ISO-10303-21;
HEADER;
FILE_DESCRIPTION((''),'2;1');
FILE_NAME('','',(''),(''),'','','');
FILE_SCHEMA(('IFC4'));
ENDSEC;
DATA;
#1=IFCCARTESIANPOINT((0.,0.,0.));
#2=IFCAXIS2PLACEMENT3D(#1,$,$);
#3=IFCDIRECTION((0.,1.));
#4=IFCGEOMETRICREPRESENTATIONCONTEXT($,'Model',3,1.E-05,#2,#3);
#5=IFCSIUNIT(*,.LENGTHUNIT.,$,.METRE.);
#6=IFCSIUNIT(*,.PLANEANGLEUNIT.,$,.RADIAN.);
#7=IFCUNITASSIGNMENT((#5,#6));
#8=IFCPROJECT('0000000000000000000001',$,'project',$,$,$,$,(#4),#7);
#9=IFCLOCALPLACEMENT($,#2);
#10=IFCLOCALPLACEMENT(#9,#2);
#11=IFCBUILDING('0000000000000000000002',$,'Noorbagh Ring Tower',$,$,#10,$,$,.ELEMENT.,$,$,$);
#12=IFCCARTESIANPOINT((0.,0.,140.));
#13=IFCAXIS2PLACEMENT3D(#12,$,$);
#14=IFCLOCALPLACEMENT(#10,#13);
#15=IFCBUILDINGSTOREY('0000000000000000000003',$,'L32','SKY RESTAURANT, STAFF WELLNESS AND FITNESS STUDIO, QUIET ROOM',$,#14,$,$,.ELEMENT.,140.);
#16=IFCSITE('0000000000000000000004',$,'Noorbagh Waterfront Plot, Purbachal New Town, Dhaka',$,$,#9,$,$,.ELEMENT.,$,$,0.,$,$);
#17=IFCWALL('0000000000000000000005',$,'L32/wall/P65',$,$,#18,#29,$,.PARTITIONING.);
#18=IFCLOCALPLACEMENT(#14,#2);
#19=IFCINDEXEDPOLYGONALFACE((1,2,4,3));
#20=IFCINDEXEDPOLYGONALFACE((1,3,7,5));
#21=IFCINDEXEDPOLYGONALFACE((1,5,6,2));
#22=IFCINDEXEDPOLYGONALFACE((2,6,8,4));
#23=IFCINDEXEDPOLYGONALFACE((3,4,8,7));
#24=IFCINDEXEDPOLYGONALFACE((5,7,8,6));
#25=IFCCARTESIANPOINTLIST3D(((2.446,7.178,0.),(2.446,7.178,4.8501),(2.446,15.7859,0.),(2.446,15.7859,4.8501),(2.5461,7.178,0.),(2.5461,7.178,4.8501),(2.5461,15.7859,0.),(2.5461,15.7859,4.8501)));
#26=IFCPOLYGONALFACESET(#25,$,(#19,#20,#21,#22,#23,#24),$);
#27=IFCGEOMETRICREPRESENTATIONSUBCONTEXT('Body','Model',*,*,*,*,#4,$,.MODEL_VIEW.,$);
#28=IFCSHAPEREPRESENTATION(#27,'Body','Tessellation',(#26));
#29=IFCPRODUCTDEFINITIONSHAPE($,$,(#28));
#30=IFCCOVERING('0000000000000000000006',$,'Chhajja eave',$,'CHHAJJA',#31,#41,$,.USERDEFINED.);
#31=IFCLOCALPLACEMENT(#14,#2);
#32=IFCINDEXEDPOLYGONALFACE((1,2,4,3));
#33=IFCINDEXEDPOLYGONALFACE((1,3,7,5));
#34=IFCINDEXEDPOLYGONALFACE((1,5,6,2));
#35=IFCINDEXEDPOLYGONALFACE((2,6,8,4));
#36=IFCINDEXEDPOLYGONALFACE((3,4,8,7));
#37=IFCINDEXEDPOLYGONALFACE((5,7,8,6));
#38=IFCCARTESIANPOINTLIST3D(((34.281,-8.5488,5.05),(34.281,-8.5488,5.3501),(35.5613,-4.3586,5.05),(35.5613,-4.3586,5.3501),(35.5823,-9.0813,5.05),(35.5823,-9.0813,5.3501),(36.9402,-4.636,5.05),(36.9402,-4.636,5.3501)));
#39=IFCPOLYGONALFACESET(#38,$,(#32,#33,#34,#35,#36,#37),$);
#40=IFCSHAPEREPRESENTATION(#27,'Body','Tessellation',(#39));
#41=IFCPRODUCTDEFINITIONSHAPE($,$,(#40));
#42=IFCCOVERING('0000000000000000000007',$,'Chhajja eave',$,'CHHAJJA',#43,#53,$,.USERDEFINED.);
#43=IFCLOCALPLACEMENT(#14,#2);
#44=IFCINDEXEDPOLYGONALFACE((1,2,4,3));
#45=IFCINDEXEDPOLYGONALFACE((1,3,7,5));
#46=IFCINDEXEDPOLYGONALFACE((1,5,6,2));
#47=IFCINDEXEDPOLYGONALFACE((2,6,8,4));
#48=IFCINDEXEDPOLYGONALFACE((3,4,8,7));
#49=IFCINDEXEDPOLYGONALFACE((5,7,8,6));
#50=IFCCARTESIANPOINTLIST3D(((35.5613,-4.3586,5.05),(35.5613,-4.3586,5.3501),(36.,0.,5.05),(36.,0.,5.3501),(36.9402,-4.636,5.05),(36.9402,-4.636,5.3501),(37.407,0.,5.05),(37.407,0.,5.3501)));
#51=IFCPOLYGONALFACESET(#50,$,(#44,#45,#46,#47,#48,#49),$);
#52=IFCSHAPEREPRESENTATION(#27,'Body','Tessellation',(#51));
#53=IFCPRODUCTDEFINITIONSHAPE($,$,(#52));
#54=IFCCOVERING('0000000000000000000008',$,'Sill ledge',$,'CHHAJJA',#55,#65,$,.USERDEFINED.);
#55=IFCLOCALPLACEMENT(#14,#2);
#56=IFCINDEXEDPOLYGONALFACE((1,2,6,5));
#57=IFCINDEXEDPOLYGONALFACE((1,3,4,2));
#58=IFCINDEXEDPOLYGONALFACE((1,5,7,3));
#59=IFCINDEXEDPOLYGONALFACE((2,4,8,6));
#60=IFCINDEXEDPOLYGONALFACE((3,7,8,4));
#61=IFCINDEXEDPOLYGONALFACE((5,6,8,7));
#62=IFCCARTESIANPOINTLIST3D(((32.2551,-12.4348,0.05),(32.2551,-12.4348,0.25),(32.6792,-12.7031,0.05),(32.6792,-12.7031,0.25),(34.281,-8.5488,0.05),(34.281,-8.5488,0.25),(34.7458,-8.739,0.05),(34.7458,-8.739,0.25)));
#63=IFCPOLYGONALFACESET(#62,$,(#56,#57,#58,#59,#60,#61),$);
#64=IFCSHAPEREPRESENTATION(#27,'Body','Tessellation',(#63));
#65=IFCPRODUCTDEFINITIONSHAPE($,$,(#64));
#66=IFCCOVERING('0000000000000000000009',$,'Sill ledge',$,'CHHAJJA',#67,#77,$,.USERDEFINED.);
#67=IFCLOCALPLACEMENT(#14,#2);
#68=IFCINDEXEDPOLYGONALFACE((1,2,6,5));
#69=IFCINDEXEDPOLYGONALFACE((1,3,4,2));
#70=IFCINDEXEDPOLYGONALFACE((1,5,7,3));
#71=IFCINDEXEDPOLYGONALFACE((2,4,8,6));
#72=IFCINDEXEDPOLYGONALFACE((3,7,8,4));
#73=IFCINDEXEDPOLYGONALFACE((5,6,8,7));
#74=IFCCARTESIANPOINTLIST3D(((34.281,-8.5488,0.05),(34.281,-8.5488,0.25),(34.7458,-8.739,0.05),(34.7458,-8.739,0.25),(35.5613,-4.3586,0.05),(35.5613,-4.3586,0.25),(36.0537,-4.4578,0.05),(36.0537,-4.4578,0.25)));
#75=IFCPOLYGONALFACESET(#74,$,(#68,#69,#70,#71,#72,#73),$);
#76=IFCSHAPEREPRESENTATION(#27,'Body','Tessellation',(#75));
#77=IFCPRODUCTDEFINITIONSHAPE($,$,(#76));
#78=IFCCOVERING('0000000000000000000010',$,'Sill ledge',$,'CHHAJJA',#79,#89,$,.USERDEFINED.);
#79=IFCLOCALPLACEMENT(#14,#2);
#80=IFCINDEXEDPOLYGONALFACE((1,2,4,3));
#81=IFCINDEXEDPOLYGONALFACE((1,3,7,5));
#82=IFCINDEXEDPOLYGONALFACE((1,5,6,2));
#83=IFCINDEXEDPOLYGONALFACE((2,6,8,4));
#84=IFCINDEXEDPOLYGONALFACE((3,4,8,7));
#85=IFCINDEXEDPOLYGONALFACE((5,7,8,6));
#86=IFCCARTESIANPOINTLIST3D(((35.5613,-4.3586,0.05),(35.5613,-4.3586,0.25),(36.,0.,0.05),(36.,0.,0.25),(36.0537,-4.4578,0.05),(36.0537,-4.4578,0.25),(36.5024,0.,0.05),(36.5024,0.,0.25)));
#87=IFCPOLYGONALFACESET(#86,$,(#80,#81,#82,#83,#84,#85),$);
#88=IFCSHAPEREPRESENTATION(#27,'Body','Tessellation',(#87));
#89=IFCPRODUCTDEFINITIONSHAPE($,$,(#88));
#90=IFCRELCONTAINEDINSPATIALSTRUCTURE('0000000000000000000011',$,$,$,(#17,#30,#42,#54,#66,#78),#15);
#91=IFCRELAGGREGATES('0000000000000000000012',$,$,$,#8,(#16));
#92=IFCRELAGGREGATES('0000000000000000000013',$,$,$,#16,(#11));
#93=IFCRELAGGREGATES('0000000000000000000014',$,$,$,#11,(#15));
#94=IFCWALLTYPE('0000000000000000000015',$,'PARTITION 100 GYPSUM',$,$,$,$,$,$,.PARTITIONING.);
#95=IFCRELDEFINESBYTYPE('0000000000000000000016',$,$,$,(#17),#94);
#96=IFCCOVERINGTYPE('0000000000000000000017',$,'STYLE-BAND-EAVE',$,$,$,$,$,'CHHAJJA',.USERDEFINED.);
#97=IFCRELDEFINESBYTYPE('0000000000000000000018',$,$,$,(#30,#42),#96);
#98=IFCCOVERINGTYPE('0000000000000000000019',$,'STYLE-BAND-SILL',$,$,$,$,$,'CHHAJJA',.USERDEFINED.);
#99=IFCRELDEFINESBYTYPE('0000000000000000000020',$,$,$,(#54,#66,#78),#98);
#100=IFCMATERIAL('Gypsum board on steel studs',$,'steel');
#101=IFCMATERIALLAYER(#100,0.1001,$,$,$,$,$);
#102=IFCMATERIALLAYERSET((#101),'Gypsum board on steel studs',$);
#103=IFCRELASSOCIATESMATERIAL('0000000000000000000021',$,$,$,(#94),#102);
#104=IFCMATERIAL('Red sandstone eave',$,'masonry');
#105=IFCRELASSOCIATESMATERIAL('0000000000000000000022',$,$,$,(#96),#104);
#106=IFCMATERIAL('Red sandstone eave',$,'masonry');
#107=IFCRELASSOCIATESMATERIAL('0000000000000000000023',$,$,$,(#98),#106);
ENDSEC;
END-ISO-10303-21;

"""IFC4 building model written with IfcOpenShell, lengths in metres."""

from ifc_helpers import new_model, si_unit, direction, frame, frame_2d, origin, place, context, subcontext, project, spatial, polyline, rectangle, outline, extrude, material, layer, layer_set, type_object, element, save


model = new_model("IFC4")

# Units and contexts
model_context = context("Model", 3, precision=1e-05, world=origin(), true_north=direction((0.0, 1.0)))
body_context = subcontext(model_context, "Body", "Model", "MODEL_VIEW")
ifc_project = project(units=[si_unit("LENGTHUNIT", "METRE"), si_unit("PLANEANGLEUNIT", "RADIAN")], contexts=[model_context])

# Site, building, storey
site_placement = place(None, origin())
site = spatial("IfcSite", under=ifc_project, at=site_placement, Name="Noorbagh Waterfront Plot, Purbachal New Town, Dhaka", CompositionType="ELEMENT", RefElevation=0.0)
building_placement = place(site_placement, origin())
building = spatial("IfcBuilding", under=site, at=building_placement, Name="Noorbagh Ring Tower", CompositionType="ELEMENT")
storey_placement = place(building_placement, frame((0.0, 0.0, 140.0)))
storey = spatial("IfcBuildingStorey", under=building, at=storey_placement, Name="L32", Description="SKY RESTAURANT, STAFF WELLNESS AND FITNESS STUDIO, QUIET ROOM", CompositionType="ELEMENT", Elevation=140.0)

# Wall
ifc_material_1 = material(Name="Gypsum board on steel studs", Category="steel")
ifc_layer_1 = layer(ifc_material_1, 0.1001)
ifc_layer_set_1 = layer_set([ifc_layer_1], Name="Gypsum board on steel studs")
wall_type_1 = type_object("IfcWallType", Name="PARTITION 100 GYPSUM", PredefinedType="PARTITIONING", material=ifc_layer_set_1)
wall_1_placement = place(storey_placement, frame((2.4961, 7.178, 0.0), z_axis=(0.0, 0.0, 1.0), x_axis=(0.0, 1.0, 0.0)))
element("IfcWall", 1, at=wall_1_placement, inside=storey, type_object=wall_type_1, Name="L32/wall/P65", PredefinedType="PARTITIONING", context=body_context, shape_type="SweptSolid", body=[
    extrude(rectangle(XDim=8.6079, YDim=0.1001, at=frame_2d((4.304, 0.0))), origin(), (0.0, 0.0, 1.0), 4.8501),
])

# Coverings
ifc_material_2 = material(Name="Red sandstone eave", Category="masonry")
covering_type_1 = type_object("IfcCoveringType", Name="STYLE-BAND-EAVE", ElementType="CHHAJJA", PredefinedType="USERDEFINED", material=ifc_material_2)
covering_1_placement = place(storey_placement, frame((0.0, 0.0, 5.05)))
element("IfcCovering", 2, at=covering_1_placement, inside=storey, type_object=covering_type_1, Name="Chhajja eave", ObjectType="CHHAJJA", PredefinedType="USERDEFINED", context=body_context, shape_type="SweptSolid", body=[
    extrude(outline(polyline([(34.281, -8.5488), (35.5613, -4.3586), (36.9402, -4.636), (35.5823, -9.0813), (34.281, -8.5488)])), origin(), (0.0, 0.0, 1.0), 0.3),
])
covering_2_placement = place(storey_placement, frame((0.0, 0.0, 5.05)))
element("IfcCovering", 3, at=covering_2_placement, inside=storey, type_object=covering_type_1, Name="Chhajja eave", ObjectType="CHHAJJA", PredefinedType="USERDEFINED", context=body_context, shape_type="SweptSolid", body=[
    extrude(outline(polyline([(35.5613, -4.3586), (36.0, 0.0), (37.407, 0.0), (36.9402, -4.636), (35.5613, -4.3586)])), origin(), (0.0, 0.0, 1.0), 0.3),
])
ifc_material_3 = material(Name="Red sandstone eave", Category="masonry")
covering_type_2 = type_object("IfcCoveringType", Name="STYLE-BAND-SILL", ElementType="CHHAJJA", PredefinedType="USERDEFINED", material=ifc_material_3)
covering_3_placement = place(storey_placement, frame((0.0, 0.0, 0.05)))
element("IfcCovering", 4, at=covering_3_placement, inside=storey, type_object=covering_type_2, Name="Sill ledge", ObjectType="CHHAJJA", PredefinedType="USERDEFINED", context=body_context, shape_type="SweptSolid", body=[
    extrude(outline(polyline([(32.2551, -12.4348), (34.281, -8.5488), (34.7458, -8.739), (32.6792, -12.7031), (32.2551, -12.4348)])), origin(), (0.0, 0.0, 1.0), 0.2),
])
covering_4_placement = place(storey_placement, frame((0.0, 0.0, 0.05)))
element("IfcCovering", 5, at=covering_4_placement, inside=storey, type_object=covering_type_2, Name="Sill ledge", ObjectType="CHHAJJA", PredefinedType="USERDEFINED", context=body_context, shape_type="SweptSolid", body=[
    extrude(outline(polyline([(34.281, -8.5488), (35.5613, -4.3586), (36.0537, -4.4578), (34.7458, -8.739), (34.281, -8.5488)])), origin(), (0.0, 0.0, 1.0), 0.2),
])
covering_5_placement = place(storey_placement, frame((0.0, 0.0, 0.05)))
element("IfcCovering", 6, at=covering_5_placement, inside=storey, type_object=covering_type_2, Name="Sill ledge", ObjectType="CHHAJJA", PredefinedType="USERDEFINED", context=body_context, shape_type="SweptSolid", body=[
    extrude(outline(polyline([(35.5613, -4.3586), (36.0, 0.0), (36.5024, 0.0), (36.0537, -4.4578), (35.5613, -4.3586)])), origin(), (0.0, 0.0, 1.0), 0.2),
])

save(model, "model.ifc")
